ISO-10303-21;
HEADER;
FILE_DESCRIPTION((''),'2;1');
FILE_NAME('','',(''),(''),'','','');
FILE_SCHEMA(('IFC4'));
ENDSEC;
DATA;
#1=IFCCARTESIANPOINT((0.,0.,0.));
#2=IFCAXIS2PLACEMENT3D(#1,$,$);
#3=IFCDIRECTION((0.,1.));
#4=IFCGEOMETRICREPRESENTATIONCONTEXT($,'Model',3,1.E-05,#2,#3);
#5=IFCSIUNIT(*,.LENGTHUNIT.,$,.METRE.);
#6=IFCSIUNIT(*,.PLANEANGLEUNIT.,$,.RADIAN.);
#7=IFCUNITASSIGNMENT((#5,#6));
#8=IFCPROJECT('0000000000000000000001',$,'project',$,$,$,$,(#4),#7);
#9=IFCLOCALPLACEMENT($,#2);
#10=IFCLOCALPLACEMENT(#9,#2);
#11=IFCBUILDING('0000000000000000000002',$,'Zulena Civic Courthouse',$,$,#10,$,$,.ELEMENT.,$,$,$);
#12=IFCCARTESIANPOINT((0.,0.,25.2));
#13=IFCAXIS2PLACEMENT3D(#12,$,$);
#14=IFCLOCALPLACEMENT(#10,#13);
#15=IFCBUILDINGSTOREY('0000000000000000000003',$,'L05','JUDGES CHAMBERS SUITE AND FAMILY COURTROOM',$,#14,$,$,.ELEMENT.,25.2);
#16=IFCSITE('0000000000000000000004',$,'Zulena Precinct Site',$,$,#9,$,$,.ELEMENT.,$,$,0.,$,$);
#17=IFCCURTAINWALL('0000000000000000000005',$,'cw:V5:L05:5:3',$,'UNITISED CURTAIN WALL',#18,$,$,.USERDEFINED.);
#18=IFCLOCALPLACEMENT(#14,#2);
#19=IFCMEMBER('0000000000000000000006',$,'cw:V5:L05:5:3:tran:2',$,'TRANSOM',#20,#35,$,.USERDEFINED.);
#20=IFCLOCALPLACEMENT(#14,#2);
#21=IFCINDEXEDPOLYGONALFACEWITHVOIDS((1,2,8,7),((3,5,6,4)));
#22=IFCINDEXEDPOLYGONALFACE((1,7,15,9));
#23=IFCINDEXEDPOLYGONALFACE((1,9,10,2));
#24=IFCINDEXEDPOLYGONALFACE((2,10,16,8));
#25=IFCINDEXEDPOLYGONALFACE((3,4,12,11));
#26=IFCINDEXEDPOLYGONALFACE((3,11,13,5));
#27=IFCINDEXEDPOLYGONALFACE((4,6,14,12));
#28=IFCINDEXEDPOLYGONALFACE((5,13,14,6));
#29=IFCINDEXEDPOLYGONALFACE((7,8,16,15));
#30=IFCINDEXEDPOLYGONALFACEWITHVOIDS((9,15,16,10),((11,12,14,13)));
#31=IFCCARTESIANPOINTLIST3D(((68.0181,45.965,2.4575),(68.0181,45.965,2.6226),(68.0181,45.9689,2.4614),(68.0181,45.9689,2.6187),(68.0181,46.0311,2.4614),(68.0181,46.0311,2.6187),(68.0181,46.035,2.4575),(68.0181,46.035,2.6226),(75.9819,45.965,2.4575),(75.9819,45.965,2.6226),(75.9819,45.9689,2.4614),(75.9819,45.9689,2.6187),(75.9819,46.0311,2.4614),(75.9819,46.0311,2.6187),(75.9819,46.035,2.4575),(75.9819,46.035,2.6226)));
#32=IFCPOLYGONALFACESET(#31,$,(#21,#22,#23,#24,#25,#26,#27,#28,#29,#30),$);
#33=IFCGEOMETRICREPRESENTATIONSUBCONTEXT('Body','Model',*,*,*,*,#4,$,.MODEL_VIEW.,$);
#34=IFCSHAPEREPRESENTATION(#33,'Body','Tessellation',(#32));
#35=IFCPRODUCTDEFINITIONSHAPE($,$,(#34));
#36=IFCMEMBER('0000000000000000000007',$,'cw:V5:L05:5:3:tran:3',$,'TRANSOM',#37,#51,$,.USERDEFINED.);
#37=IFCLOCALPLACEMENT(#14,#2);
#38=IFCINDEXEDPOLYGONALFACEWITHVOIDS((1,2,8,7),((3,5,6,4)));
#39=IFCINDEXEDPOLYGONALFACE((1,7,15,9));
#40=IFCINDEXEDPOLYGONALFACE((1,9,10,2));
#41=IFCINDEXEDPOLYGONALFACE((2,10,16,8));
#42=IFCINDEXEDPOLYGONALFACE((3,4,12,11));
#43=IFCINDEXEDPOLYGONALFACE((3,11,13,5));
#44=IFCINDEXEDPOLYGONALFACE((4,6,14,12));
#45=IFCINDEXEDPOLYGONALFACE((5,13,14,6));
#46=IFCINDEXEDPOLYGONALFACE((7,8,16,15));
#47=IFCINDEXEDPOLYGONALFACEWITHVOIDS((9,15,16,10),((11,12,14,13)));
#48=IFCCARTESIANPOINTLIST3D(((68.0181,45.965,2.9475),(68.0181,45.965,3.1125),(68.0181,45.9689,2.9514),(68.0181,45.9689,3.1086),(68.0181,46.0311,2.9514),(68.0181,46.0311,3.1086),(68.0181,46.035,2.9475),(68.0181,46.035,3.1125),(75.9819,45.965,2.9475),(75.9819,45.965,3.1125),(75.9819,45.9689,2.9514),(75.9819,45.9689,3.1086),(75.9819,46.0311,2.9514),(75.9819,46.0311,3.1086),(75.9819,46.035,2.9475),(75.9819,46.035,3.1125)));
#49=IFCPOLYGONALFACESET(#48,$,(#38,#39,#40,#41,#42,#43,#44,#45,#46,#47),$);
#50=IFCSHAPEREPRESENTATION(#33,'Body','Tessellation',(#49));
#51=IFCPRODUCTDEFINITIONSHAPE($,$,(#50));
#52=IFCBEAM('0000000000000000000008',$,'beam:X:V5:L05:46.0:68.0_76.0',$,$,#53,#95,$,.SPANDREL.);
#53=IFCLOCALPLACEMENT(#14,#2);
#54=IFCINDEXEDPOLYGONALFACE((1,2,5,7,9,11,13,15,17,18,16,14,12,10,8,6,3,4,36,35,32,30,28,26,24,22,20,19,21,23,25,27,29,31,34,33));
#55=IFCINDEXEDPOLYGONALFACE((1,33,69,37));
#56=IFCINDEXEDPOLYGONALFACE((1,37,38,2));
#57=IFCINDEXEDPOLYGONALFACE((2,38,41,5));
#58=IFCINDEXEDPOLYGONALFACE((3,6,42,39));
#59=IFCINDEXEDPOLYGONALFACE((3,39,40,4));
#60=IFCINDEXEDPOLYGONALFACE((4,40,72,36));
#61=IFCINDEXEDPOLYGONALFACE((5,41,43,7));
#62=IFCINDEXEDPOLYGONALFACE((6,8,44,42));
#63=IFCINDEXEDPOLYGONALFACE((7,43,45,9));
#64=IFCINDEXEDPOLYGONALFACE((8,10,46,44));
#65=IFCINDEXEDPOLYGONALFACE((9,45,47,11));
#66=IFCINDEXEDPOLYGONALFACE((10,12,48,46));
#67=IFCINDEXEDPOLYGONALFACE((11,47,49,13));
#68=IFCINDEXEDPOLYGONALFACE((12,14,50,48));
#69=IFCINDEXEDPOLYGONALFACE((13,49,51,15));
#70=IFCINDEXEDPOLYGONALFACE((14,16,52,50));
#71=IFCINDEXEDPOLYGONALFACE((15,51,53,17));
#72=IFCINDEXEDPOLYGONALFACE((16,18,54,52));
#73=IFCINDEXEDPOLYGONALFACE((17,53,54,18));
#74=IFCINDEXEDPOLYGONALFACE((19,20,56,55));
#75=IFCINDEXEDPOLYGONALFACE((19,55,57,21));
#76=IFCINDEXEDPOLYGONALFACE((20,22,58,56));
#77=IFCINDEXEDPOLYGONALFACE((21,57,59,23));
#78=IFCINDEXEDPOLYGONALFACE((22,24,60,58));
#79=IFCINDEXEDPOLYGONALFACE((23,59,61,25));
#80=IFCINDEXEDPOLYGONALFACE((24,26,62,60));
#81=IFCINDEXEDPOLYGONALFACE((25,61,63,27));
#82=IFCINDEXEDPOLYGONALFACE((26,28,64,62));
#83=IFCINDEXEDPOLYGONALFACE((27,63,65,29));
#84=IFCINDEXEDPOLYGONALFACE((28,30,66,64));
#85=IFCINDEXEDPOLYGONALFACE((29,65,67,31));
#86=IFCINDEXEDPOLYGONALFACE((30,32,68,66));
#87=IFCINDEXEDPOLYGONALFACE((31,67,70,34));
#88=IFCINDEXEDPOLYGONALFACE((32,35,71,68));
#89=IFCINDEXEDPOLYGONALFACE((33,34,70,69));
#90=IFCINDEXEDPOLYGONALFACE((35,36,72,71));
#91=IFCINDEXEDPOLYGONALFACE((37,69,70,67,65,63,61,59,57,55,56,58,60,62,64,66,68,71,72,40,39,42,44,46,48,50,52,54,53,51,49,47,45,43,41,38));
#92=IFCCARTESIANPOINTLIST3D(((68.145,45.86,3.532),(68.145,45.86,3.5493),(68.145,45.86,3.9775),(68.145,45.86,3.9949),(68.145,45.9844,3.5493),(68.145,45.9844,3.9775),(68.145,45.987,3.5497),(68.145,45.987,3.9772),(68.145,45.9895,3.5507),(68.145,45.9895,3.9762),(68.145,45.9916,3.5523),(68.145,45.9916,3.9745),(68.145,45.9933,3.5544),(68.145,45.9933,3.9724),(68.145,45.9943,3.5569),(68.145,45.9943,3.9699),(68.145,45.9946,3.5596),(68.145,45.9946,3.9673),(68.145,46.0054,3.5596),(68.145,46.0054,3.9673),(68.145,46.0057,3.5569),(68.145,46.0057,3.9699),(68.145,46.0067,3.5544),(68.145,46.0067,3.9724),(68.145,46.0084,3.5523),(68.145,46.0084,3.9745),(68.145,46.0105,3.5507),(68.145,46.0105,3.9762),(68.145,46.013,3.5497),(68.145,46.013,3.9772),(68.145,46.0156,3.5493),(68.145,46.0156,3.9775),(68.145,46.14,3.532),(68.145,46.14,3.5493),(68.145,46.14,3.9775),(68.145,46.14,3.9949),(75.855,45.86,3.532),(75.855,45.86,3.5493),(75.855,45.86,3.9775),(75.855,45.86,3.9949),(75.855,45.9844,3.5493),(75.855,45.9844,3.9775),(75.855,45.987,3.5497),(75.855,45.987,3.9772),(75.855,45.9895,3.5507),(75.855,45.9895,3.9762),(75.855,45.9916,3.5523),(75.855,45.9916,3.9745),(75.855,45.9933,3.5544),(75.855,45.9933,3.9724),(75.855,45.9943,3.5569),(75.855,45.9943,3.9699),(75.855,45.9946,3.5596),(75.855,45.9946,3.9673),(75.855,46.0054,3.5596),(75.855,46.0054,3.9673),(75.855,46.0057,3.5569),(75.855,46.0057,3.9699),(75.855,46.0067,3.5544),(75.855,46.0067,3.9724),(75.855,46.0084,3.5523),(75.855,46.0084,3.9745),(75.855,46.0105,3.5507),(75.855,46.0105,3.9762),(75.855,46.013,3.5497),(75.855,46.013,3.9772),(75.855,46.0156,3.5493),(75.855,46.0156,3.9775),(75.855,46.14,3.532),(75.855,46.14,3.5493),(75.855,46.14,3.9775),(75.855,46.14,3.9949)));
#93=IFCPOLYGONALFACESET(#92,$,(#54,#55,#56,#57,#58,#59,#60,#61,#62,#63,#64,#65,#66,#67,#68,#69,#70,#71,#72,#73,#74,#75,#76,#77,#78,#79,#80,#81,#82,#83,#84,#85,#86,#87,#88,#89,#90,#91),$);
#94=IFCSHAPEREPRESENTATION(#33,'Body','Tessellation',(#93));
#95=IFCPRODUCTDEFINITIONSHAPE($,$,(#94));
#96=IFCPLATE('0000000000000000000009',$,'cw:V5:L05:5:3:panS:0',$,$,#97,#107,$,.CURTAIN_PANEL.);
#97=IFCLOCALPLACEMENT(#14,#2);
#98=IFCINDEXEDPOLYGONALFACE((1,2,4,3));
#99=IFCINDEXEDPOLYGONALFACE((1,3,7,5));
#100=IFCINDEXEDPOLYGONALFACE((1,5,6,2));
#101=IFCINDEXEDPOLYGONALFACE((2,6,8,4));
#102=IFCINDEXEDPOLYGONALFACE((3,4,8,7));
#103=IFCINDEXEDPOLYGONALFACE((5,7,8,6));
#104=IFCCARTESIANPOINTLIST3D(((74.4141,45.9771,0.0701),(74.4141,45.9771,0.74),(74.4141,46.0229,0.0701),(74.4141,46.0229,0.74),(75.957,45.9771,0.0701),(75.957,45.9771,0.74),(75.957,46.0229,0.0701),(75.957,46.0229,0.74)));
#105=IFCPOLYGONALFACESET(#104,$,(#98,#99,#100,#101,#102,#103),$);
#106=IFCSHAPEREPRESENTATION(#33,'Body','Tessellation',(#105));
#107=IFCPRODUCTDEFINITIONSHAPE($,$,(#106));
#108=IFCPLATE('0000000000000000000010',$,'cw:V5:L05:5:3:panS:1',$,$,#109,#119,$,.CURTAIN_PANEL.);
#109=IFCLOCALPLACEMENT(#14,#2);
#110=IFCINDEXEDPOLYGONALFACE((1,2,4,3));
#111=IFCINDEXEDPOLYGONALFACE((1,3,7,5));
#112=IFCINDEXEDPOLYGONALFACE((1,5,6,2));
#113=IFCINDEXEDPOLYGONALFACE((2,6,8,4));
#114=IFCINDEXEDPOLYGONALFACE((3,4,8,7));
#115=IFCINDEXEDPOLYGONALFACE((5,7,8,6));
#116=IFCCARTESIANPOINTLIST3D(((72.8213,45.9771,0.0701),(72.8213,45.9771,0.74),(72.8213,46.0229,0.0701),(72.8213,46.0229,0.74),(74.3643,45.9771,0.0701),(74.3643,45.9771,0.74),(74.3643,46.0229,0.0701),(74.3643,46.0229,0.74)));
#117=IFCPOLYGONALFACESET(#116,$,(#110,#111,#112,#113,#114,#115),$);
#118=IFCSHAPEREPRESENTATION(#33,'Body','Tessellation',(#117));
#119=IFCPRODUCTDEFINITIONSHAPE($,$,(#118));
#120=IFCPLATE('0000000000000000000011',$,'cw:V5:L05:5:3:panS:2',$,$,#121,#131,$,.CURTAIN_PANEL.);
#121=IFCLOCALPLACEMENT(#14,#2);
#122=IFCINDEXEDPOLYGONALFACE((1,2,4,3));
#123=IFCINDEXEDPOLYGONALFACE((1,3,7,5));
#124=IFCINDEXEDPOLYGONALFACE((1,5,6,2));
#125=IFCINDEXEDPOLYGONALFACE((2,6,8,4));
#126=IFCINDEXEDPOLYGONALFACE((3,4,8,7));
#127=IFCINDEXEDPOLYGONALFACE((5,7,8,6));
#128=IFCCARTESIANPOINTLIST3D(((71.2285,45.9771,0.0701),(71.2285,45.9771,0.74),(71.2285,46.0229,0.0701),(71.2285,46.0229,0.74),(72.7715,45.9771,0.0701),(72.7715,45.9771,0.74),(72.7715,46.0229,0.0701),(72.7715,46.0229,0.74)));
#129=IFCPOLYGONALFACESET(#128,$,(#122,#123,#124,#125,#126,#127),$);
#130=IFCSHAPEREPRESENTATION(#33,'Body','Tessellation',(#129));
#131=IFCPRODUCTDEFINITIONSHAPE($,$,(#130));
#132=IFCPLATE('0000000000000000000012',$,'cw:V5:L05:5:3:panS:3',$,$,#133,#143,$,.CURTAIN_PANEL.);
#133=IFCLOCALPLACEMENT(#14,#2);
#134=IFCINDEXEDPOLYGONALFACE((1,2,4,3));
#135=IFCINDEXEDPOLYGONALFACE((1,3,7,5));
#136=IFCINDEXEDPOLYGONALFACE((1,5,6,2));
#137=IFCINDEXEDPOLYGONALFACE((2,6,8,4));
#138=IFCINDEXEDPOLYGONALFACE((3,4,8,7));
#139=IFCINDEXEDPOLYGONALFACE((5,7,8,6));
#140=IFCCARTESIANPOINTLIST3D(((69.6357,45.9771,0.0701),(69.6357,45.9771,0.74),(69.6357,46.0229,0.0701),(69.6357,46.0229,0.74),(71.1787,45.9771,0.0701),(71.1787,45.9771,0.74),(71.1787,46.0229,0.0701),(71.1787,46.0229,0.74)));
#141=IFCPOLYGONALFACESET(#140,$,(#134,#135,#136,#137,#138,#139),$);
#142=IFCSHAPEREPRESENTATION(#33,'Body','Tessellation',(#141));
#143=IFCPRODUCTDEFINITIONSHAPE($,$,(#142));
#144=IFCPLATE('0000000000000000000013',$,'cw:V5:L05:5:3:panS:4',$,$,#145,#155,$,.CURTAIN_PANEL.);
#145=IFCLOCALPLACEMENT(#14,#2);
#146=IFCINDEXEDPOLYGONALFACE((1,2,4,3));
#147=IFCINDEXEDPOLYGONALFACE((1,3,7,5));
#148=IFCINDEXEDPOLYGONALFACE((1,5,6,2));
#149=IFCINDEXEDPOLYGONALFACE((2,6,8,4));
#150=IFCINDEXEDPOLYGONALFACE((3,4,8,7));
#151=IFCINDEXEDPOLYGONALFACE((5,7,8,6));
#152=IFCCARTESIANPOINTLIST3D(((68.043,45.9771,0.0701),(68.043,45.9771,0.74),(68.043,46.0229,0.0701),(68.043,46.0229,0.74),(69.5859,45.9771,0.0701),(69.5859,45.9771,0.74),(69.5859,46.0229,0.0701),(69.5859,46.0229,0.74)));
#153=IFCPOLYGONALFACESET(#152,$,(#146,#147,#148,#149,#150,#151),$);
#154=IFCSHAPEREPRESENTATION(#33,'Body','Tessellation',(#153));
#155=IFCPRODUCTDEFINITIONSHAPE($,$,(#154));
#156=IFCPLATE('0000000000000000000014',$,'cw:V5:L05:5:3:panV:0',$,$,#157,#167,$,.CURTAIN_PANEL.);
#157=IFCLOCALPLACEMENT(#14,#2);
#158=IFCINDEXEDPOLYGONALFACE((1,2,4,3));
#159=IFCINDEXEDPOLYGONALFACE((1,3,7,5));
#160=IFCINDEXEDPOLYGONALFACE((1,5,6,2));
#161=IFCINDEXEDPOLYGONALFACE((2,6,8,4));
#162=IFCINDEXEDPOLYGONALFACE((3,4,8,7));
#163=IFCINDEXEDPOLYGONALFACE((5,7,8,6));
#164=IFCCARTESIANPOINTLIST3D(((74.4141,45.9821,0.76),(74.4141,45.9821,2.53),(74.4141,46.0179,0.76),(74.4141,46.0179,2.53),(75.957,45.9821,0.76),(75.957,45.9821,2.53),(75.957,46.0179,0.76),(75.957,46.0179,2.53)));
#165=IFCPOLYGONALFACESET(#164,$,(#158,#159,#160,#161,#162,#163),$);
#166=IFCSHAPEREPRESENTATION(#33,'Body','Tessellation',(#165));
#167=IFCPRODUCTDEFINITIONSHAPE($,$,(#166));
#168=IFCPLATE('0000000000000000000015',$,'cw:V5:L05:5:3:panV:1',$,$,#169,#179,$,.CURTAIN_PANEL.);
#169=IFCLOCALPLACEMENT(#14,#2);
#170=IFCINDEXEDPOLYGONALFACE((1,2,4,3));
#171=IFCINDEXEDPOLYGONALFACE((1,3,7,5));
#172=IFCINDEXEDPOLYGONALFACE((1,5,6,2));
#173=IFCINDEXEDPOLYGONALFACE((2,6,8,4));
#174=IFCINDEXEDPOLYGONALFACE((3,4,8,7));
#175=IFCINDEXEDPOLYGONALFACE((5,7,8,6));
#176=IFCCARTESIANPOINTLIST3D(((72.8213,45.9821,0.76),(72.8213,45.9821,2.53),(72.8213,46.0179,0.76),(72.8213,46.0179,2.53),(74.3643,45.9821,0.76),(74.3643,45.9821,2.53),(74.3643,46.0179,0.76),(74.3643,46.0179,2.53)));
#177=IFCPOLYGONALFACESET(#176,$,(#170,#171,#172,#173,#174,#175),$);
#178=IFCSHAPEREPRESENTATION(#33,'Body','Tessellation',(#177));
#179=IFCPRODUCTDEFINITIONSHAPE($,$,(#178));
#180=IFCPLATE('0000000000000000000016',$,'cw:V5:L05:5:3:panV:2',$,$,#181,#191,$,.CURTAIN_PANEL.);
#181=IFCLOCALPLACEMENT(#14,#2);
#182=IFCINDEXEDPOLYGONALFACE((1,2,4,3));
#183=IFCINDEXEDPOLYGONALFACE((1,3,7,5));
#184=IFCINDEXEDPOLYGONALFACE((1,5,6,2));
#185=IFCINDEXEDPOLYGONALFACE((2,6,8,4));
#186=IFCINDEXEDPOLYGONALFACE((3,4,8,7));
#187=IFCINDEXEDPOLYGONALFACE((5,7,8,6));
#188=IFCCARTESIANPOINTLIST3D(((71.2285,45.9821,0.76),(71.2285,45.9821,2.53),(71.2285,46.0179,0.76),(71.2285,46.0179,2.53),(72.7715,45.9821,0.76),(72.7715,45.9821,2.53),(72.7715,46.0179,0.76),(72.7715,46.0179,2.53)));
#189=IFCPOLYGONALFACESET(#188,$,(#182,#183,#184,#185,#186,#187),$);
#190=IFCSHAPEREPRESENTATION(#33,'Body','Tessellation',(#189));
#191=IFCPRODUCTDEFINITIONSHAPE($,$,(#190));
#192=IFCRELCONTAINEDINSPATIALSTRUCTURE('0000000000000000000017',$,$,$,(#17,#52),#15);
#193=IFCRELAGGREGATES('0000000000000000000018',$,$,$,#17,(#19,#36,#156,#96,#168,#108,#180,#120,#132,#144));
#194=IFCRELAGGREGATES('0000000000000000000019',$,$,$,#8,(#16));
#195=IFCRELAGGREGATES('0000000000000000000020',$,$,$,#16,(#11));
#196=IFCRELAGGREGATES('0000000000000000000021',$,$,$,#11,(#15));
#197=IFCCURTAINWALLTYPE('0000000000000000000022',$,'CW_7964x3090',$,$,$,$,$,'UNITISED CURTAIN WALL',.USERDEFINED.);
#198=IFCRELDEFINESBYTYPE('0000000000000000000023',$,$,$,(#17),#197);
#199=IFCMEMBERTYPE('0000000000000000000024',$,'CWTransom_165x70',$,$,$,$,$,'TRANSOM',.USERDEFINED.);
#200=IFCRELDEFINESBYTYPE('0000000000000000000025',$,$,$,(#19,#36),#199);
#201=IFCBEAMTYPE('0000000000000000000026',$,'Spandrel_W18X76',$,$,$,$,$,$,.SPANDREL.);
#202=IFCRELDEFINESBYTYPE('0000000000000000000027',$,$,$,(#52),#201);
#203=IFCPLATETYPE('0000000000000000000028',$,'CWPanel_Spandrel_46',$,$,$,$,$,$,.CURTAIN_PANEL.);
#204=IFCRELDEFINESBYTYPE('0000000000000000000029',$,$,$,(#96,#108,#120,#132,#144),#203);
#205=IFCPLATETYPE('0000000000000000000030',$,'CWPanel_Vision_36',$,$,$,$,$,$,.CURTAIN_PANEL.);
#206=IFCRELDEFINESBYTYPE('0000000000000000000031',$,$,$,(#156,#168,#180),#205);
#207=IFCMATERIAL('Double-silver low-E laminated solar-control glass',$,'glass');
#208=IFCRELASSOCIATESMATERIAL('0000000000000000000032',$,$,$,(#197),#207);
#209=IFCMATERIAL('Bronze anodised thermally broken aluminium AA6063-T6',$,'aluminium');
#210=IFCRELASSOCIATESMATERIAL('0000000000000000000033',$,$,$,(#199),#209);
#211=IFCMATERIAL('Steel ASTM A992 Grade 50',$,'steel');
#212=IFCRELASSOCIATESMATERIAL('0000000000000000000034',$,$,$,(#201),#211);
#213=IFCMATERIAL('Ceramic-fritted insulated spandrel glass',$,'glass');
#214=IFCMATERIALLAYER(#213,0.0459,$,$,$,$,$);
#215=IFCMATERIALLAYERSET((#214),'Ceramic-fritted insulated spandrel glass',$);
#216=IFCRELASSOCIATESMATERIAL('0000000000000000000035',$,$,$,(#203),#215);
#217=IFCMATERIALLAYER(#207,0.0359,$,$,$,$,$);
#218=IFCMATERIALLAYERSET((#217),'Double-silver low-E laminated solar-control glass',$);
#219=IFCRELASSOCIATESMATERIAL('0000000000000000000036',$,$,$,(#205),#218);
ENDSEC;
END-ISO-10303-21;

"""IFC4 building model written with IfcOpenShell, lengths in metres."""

from ifc_helpers import new_model, si_unit, direction, frame, origin, origin_2d, place, context, subcontext, project, spatial, rectangle, hollow_rectangle, i_section, extrude, material, layer, layer_set, material_profile, profile_set, type_object, element, aggregate, save


model = new_model("IFC4")

# Units and contexts
model_context = context("Model", 3, precision=1e-05, world=origin(), true_north=direction((0.0, 1.0)))
body_context = subcontext(model_context, "Body", "Model", "MODEL_VIEW")
ifc_project = project(units=[si_unit("LENGTHUNIT", "METRE"), si_unit("PLANEANGLEUNIT", "RADIAN")], contexts=[model_context])

# Site, building, storey
site_placement = place(None, origin())
site = spatial("IfcSite", under=ifc_project, at=site_placement, Name="Zulena Precinct Site", CompositionType="ELEMENT", RefElevation=0.0)
building_placement = place(site_placement, origin())
building = spatial("IfcBuilding", under=site, at=building_placement, Name="Zulena Civic Courthouse", CompositionType="ELEMENT")
storey_placement = place(building_placement, frame((0.0, 0.0, 25.2)))
storey = spatial("IfcBuildingStorey", under=building, at=storey_placement, Name="L05", Description="JUDGES CHAMBERS SUITE AND FAMILY COURTROOM", CompositionType="ELEMENT", Elevation=25.2)

# Shared definitions
ifc_material_1 = material(Name="Steel ASTM A992 Grade 50", Category="steel")

# Curtain wall, members
ifc_material_2 = material(Name="Double-silver low-E laminated solar-control glass", Category="glass")
curtain_wall_type = type_object("IfcCurtainWallType", Name="CW_7964x3090", ElementType="UNITISED CURTAIN WALL", PredefinedType="USERDEFINED", material=ifc_material_2)
curtain_wall_placement = place(storey_placement, origin())
curtain_wall = element("IfcCurtainWall", 1, at=curtain_wall_placement, inside=storey, type_object=curtain_wall_type, Name="cw:V5:L05:5:3", ObjectType="UNITISED CURTAIN WALL", PredefinedType="USERDEFINED")
ifc_material_3 = material(Name="Bronze anodised thermally broken aluminium AA6063-T6", Category="aluminium")
ifc_material_profile_1 = material_profile(ifc_material_3, hollow_rectangle(XDim=0.0701, YDim=0.165, WallThickness=0.0039, at=origin_2d()), Name="CWT165X70X4")
ifc_profile_set_1 = profile_set([ifc_material_profile_1], Name="Bronze anodised thermally broken aluminium AA6063-T6")
member_type_1 = type_object("IfcMemberType", Name="CWTransom_165x70", ElementType="TRANSOM", PredefinedType="USERDEFINED", material=ifc_profile_set_1)
member_1_placement = place(storey_placement, frame((75.9819, 46.0, 2.54), z_axis=(-1.0, 0.0, 0.0), x_axis=(0.0, -1.0, 0.0)))
member_1 = element("IfcMember", 2, at=member_1_placement, type_object=member_type_1, Name="cw:V5:L05:5:3:tran:2", ObjectType="TRANSOM", PredefinedType="USERDEFINED", context=body_context, shape_type="SweptSolid", body=[
    extrude(hollow_rectangle(XDim=0.0701, YDim=0.165, WallThickness=0.0039, at=origin_2d()), origin(), (0.0, 0.0, 1.0), 7.9639),
])
member_2_placement = place(storey_placement, frame((75.9819, 46.0, 3.03), z_axis=(-1.0, 0.0, 0.0), x_axis=(0.0, -1.0, 0.0)))
member_2 = element("IfcMember", 3, at=member_2_placement, type_object=member_type_1, Name="cw:V5:L05:5:3:tran:3", ObjectType="TRANSOM", PredefinedType="USERDEFINED", context=body_context, shape_type="SweptSolid", body=[
    extrude(hollow_rectangle(XDim=0.0701, YDim=0.165, WallThickness=0.0039, at=origin_2d()), origin(), (0.0, 0.0, 1.0), 7.9639),
])

# Beam
ifc_material_profile_2 = material_profile(ifc_material_1, i_section(OverallWidth=0.28, OverallDepth=0.4629, WebThickness=0.0107, FlangeThickness=0.0173, FilletRadius=0.0103, at=origin_2d()), Name="W18X76")
ifc_profile_set_2 = profile_set([ifc_material_profile_2], Name="Steel ASTM A992 Grade 50")
beam_type = type_object("IfcBeamType", Name="Spandrel_W18X76", PredefinedType="SPANDREL", material=ifc_profile_set_2)
beam_placement = place(storey_placement, frame((68.145, 46.0, 3.7634), z_axis=(1.0, 0.0, 0.0), x_axis=(0.0, 1.0, 0.0)))
element("IfcBeam", 4, at=beam_placement, inside=storey, type_object=beam_type, Name="beam:X:V5:L05:46.0:68.0_76.0", PredefinedType="SPANDREL", context=body_context, shape_type="SweptSolid", body=[
    extrude(i_section(OverallWidth=0.28, OverallDepth=0.4629, WebThickness=0.0107, FlangeThickness=0.0173, FilletRadius=0.0103, at=origin_2d()), origin(), (0.0, 0.0, 1.0), 7.71),
])

# Plates
ifc_material_4 = material(Name="Ceramic-fritted insulated spandrel glass", Category="glass")
ifc_layer_1 = layer(ifc_material_4, 0.0459)
ifc_layer_set_1 = layer_set([ifc_layer_1], Name="Ceramic-fritted insulated spandrel glass")
plate_type_1 = type_object("IfcPlateType", Name="CWPanel_Spandrel_46", PredefinedType="CURTAIN_PANEL", material=ifc_layer_set_1)
plate_1_placement = place(storey_placement, frame((75.1855, 46.0, 0.0701), z_axis=(0.0, 0.0, 1.0), x_axis=(-1.0, 0.0, 0.0)))
plate_1 = element("IfcPlate", 5, at=plate_1_placement, type_object=plate_type_1, Name="cw:V5:L05:5:3:panS:0", PredefinedType="CURTAIN_PANEL", context=body_context, shape_type="SweptSolid", body=[
    extrude(rectangle(XDim=1.543, YDim=0.0459, at=origin_2d()), origin(), (0.0, 0.0, 1.0), 0.6699),
])
plate_2_placement = place(storey_placement, frame((73.5928, 46.0, 0.0701), z_axis=(0.0, 0.0, 1.0), x_axis=(-1.0, 0.0, 0.0)))
plate_2 = element("IfcPlate", 6, at=plate_2_placement, type_object=plate_type_1, Name="cw:V5:L05:5:3:panS:1", PredefinedType="CURTAIN_PANEL", context=body_context, shape_type="SweptSolid", body=[
    extrude(rectangle(XDim=1.543, YDim=0.0459, at=origin_2d()), origin(), (0.0, 0.0, 1.0), 0.6699),
])
plate_3_placement = place(storey_placement, frame((72.0, 46.0, 0.0701), z_axis=(0.0, 0.0, 1.0), x_axis=(-1.0, 0.0, 0.0)))
plate_3 = element("IfcPlate", 7, at=plate_3_placement, type_object=plate_type_1, Name="cw:V5:L05:5:3:panS:2", PredefinedType="CURTAIN_PANEL", context=body_context, shape_type="SweptSolid", body=[
    extrude(rectangle(XDim=1.543, YDim=0.0459, at=origin_2d()), origin(), (0.0, 0.0, 1.0), 0.6699),
])
plate_4_placement = place(storey_placement, frame((70.4072, 46.0, 0.0701), z_axis=(0.0, 0.0, 1.0), x_axis=(-1.0, 0.0, 0.0)))
plate_4 = element("IfcPlate", 8, at=plate_4_placement, type_object=plate_type_1, Name="cw:V5:L05:5:3:panS:3", PredefinedType="CURTAIN_PANEL", context=body_context, shape_type="SweptSolid", body=[
    extrude(rectangle(XDim=1.543, YDim=0.0459, at=origin_2d()), origin(), (0.0, 0.0, 1.0), 0.6699),
])
plate_5_placement = place(storey_placement, frame((68.8145, 46.0, 0.0701), z_axis=(0.0, 0.0, 1.0), x_axis=(-1.0, 0.0, 0.0)))
plate_5 = element("IfcPlate", 9, at=plate_5_placement, type_object=plate_type_1, Name="cw:V5:L05:5:3:panS:4", PredefinedType="CURTAIN_PANEL", context=body_context, shape_type="SweptSolid", body=[
    extrude(rectangle(XDim=1.543, YDim=0.0459, at=origin_2d()), origin(), (0.0, 0.0, 1.0), 0.6699),
])
ifc_layer_2 = layer(ifc_material_2, 0.0359)
ifc_layer_set_2 = layer_set([ifc_layer_2], Name="Double-silver low-E laminated solar-control glass")
plate_type_2 = type_object("IfcPlateType", Name="CWPanel_Vision_36", PredefinedType="CURTAIN_PANEL", material=ifc_layer_set_2)
plate_6_placement = place(storey_placement, frame((75.1855, 46.0, 0.76), z_axis=(0.0, 0.0, 1.0), x_axis=(-1.0, 0.0, 0.0)))
plate_6 = element("IfcPlate", 10, at=plate_6_placement, type_object=plate_type_2, Name="cw:V5:L05:5:3:panV:0", PredefinedType="CURTAIN_PANEL", context=body_context, shape_type="SweptSolid", body=[
    extrude(rectangle(XDim=1.543, YDim=0.0359, at=origin_2d()), origin(), (0.0, 0.0, 1.0), 1.77),
])
plate_7_placement = place(storey_placement, frame((73.5928, 46.0, 0.76), z_axis=(0.0, 0.0, 1.0), x_axis=(-1.0, 0.0, 0.0)))
plate_7 = element("IfcPlate", 11, at=plate_7_placement, type_object=plate_type_2, Name="cw:V5:L05:5:3:panV:1", PredefinedType="CURTAIN_PANEL", context=body_context, shape_type="SweptSolid", body=[
    extrude(rectangle(XDim=1.543, YDim=0.0359, at=origin_2d()), origin(), (0.0, 0.0, 1.0), 1.77),
])
plate_8_placement = place(storey_placement, frame((72.0, 46.0, 0.76), z_axis=(0.0, 0.0, 1.0), x_axis=(-1.0, 0.0, 0.0)))
plate_8 = element("IfcPlate", 12, at=plate_8_placement, type_object=plate_type_2, Name="cw:V5:L05:5:3:panV:2", PredefinedType="CURTAIN_PANEL", context=body_context, shape_type="SweptSolid", body=[
    extrude(rectangle(XDim=1.543, YDim=0.0359, at=origin_2d()), origin(), (0.0, 0.0, 1.0), 1.77),
])
aggregate(curtain_wall, [member_1, member_2, plate_6, plate_1, plate_7, plate_2, plate_8, plate_3, plate_4, plate_5])

save(model, "model.ifc")
